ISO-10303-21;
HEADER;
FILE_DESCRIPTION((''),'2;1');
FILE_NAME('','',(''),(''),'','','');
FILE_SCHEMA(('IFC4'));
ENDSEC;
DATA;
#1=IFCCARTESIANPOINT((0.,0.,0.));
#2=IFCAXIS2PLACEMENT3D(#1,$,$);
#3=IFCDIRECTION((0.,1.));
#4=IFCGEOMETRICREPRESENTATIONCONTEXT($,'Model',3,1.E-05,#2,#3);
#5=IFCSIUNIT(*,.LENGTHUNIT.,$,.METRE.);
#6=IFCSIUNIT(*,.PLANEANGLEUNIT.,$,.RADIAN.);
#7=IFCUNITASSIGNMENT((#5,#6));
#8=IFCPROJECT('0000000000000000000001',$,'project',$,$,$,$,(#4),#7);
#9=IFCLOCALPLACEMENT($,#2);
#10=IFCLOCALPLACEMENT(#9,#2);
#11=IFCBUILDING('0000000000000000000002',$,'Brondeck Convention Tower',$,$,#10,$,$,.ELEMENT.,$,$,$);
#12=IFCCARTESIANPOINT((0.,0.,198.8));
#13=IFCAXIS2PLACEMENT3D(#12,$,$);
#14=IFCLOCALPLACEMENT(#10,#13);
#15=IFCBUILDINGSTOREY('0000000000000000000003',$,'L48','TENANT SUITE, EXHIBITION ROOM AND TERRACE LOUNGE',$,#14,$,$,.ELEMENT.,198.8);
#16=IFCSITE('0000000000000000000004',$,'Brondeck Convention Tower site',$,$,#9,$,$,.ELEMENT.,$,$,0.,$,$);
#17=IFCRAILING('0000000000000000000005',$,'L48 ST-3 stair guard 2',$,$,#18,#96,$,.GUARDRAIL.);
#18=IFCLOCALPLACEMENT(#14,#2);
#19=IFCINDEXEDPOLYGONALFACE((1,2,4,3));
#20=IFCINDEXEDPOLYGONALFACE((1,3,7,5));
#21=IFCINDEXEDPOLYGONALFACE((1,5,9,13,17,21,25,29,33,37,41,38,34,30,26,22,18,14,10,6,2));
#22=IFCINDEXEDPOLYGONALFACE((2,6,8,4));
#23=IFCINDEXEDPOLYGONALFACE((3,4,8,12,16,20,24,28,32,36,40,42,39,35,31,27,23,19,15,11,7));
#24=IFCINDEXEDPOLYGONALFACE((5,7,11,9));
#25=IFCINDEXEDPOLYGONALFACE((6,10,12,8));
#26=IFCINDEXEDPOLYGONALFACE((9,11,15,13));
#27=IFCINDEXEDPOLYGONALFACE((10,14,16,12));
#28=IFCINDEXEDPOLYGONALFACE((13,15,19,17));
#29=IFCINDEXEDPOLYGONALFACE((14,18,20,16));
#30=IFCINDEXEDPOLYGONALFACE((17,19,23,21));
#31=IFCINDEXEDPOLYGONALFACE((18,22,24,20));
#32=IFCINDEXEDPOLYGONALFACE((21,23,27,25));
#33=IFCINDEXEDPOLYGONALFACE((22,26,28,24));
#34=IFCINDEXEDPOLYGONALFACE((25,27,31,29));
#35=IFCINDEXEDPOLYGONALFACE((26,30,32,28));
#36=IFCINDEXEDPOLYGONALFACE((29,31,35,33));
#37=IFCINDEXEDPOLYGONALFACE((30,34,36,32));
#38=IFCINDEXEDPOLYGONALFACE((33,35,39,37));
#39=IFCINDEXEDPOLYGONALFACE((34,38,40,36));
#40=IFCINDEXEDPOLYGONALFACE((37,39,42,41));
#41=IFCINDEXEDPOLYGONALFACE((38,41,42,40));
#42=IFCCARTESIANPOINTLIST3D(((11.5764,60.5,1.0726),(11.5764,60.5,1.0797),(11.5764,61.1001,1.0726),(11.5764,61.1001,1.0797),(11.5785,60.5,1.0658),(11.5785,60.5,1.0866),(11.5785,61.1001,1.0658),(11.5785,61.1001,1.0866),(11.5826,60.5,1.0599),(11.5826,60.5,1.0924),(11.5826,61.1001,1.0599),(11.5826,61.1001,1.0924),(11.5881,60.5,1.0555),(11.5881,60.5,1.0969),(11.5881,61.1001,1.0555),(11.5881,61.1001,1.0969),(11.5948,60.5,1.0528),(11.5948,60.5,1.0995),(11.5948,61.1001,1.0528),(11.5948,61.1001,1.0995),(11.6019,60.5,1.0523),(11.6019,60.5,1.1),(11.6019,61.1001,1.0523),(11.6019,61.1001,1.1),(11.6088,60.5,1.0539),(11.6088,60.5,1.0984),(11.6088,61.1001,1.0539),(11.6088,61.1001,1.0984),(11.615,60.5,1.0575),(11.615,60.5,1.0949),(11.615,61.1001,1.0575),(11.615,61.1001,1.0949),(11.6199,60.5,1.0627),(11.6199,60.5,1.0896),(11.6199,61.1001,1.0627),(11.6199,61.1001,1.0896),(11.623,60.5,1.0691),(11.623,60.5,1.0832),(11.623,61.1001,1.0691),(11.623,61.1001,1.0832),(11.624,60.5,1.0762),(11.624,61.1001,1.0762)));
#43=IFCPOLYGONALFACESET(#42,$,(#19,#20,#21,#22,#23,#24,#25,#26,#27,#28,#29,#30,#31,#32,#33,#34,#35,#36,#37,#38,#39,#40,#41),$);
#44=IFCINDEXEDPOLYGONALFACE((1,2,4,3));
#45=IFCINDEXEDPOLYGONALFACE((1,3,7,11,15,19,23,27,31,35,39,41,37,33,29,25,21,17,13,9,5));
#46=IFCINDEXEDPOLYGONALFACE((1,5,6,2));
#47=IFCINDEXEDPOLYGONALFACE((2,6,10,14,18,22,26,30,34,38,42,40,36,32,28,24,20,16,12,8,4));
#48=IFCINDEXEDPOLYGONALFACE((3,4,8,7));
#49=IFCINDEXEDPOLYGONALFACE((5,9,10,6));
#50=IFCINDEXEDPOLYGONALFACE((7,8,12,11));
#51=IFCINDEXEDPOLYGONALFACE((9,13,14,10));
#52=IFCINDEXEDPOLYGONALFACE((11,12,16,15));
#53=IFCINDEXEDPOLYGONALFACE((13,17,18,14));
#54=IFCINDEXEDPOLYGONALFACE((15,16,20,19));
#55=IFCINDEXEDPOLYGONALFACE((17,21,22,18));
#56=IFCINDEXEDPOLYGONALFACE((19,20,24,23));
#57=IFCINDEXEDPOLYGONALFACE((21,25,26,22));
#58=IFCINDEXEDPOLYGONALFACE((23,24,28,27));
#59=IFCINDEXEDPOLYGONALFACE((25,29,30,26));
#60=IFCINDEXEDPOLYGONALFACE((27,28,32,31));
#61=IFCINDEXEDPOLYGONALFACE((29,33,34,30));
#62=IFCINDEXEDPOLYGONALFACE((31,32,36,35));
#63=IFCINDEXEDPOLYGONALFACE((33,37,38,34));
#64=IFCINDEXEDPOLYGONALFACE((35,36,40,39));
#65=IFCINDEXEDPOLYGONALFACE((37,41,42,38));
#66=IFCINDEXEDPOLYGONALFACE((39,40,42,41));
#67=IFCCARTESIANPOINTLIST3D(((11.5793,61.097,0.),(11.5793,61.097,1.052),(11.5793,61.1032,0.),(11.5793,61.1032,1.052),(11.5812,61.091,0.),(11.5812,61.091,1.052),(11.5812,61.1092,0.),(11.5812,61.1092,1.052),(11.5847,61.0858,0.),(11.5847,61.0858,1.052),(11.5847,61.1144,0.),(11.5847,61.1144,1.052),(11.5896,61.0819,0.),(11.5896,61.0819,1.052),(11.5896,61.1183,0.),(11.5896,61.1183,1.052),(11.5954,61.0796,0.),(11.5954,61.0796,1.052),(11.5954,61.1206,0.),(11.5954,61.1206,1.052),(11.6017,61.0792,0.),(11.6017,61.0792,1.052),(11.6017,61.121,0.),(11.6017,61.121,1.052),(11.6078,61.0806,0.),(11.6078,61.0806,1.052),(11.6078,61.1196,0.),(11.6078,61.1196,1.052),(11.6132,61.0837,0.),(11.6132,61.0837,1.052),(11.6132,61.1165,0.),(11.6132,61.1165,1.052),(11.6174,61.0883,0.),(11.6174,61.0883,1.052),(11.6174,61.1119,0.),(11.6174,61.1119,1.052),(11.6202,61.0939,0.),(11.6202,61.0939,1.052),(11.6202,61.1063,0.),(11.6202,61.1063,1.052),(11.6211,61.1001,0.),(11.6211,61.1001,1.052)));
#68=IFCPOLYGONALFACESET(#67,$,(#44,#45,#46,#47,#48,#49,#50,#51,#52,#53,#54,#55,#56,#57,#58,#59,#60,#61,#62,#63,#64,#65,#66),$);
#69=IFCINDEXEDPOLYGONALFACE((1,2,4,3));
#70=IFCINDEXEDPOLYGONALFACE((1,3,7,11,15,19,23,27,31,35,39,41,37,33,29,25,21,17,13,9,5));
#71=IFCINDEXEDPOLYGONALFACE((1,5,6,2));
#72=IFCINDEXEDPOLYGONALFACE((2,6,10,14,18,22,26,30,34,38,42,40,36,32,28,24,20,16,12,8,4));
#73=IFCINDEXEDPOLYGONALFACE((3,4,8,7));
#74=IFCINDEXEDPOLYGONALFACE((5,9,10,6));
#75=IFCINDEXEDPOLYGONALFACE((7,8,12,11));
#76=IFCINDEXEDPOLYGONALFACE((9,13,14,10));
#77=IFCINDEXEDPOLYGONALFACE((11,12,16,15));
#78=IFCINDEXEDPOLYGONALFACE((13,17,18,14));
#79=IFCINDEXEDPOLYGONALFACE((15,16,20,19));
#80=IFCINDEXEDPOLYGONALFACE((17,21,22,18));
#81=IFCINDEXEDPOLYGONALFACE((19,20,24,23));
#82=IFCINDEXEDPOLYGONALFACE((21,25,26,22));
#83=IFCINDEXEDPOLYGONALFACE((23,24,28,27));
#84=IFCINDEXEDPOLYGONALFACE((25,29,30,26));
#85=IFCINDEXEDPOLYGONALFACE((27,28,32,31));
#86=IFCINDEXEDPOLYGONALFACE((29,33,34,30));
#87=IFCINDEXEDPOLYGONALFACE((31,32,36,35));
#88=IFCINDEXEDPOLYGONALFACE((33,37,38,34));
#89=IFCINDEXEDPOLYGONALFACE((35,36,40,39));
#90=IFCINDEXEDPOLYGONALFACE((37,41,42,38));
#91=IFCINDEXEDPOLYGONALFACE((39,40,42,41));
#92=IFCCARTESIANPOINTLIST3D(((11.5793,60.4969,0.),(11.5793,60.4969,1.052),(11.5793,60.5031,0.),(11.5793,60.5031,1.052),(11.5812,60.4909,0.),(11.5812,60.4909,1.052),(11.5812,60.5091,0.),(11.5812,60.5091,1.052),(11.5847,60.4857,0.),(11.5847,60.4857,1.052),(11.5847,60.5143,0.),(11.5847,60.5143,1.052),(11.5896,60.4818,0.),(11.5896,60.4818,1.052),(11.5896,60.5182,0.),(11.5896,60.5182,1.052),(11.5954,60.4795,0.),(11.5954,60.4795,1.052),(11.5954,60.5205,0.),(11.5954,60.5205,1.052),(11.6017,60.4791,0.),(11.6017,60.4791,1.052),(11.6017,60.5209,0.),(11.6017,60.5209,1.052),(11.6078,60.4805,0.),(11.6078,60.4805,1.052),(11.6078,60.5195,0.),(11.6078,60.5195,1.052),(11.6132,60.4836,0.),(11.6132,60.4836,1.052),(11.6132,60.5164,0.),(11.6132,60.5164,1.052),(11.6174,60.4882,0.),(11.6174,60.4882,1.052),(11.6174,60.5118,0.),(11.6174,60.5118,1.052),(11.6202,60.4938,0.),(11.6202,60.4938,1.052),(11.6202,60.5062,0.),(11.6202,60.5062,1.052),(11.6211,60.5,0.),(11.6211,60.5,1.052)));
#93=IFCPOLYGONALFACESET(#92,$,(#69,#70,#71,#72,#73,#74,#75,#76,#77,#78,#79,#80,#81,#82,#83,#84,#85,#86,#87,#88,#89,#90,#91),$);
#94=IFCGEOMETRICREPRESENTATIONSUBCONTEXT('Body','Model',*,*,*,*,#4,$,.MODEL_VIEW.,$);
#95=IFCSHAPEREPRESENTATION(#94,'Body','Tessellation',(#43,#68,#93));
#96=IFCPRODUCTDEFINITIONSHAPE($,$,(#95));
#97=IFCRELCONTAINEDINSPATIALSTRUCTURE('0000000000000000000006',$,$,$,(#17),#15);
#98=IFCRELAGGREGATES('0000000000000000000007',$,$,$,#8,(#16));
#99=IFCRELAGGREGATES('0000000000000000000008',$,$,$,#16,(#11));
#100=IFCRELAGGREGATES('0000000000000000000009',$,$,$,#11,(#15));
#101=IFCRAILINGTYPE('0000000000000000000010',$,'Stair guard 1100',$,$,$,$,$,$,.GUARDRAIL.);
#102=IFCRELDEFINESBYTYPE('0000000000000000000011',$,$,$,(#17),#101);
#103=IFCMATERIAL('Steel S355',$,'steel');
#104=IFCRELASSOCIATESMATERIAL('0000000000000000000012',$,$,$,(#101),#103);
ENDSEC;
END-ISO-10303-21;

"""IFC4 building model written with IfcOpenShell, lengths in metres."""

from ifc_helpers import new_model, si_unit, direction, frame, origin, origin_2d, place, context, subcontext, project, spatial, circle, extrude, material, type_object, element, save


model = new_model("IFC4")

# Units and contexts
model_context = context("Model", 3, precision=1e-05, world=origin(), true_north=direction((0.0, 1.0)))
body_context = subcontext(model_context, "Body", "Model", "MODEL_VIEW")
ifc_project = project(units=[si_unit("LENGTHUNIT", "METRE"), si_unit("PLANEANGLEUNIT", "RADIAN")], contexts=[model_context])

# Site, building, storey
site_placement = place(None, origin())
site = spatial("IfcSite", under=ifc_project, at=site_placement, Name="Brondeck Convention Tower site", CompositionType="ELEMENT", RefElevation=0.0)
building_placement = place(site_placement, origin())
building = spatial("IfcBuilding", under=site, at=building_placement, Name="Brondeck Convention Tower", CompositionType="ELEMENT")
storey_placement = place(building_placement, frame((0.0, 0.0, 198.8)))
storey = spatial("IfcBuildingStorey", under=building, at=storey_placement, Name="L48", Description="TENANT SUITE, EXHIBITION ROOM AND TERRACE LOUNGE", CompositionType="ELEMENT", Elevation=198.8)

# Railing
ifc_material_1 = material(Name="Steel S355", Category="steel")
railing_type_1 = type_object("IfcRailingType", Name="Stair guard 1100", PredefinedType="GUARDRAIL", material=ifc_material_1)
railing_1_placement = place(storey_placement, frame((11.6001, 61.1001, 0.0)))
element("IfcRailing", 1, at=railing_1_placement, inside=storey, type_object=railing_type_1, Name="L48 ST-3 stair guard 2", PredefinedType="GUARDRAIL", context=body_context, shape_type="SweptSolid", body=[
    extrude(circle(Radius=0.0239, at=origin_2d()), frame((0.0, 0.0, 1.0762), z_axis=(0.0, -1.0, 0.0), x_axis=(1.0, 0.0, 0.0)), (0.0, 0.0, 1.0), 0.6001),
    extrude(circle(Radius=0.021, at=origin_2d()), origin(), (0.0, 0.0, 1.0), 1.052),
    extrude(circle(Radius=0.021, at=origin_2d()), frame((0.0, -0.6001, 0.0)), (0.0, 0.0, 1.0), 1.052),
])

save(model, "model.ifc")
